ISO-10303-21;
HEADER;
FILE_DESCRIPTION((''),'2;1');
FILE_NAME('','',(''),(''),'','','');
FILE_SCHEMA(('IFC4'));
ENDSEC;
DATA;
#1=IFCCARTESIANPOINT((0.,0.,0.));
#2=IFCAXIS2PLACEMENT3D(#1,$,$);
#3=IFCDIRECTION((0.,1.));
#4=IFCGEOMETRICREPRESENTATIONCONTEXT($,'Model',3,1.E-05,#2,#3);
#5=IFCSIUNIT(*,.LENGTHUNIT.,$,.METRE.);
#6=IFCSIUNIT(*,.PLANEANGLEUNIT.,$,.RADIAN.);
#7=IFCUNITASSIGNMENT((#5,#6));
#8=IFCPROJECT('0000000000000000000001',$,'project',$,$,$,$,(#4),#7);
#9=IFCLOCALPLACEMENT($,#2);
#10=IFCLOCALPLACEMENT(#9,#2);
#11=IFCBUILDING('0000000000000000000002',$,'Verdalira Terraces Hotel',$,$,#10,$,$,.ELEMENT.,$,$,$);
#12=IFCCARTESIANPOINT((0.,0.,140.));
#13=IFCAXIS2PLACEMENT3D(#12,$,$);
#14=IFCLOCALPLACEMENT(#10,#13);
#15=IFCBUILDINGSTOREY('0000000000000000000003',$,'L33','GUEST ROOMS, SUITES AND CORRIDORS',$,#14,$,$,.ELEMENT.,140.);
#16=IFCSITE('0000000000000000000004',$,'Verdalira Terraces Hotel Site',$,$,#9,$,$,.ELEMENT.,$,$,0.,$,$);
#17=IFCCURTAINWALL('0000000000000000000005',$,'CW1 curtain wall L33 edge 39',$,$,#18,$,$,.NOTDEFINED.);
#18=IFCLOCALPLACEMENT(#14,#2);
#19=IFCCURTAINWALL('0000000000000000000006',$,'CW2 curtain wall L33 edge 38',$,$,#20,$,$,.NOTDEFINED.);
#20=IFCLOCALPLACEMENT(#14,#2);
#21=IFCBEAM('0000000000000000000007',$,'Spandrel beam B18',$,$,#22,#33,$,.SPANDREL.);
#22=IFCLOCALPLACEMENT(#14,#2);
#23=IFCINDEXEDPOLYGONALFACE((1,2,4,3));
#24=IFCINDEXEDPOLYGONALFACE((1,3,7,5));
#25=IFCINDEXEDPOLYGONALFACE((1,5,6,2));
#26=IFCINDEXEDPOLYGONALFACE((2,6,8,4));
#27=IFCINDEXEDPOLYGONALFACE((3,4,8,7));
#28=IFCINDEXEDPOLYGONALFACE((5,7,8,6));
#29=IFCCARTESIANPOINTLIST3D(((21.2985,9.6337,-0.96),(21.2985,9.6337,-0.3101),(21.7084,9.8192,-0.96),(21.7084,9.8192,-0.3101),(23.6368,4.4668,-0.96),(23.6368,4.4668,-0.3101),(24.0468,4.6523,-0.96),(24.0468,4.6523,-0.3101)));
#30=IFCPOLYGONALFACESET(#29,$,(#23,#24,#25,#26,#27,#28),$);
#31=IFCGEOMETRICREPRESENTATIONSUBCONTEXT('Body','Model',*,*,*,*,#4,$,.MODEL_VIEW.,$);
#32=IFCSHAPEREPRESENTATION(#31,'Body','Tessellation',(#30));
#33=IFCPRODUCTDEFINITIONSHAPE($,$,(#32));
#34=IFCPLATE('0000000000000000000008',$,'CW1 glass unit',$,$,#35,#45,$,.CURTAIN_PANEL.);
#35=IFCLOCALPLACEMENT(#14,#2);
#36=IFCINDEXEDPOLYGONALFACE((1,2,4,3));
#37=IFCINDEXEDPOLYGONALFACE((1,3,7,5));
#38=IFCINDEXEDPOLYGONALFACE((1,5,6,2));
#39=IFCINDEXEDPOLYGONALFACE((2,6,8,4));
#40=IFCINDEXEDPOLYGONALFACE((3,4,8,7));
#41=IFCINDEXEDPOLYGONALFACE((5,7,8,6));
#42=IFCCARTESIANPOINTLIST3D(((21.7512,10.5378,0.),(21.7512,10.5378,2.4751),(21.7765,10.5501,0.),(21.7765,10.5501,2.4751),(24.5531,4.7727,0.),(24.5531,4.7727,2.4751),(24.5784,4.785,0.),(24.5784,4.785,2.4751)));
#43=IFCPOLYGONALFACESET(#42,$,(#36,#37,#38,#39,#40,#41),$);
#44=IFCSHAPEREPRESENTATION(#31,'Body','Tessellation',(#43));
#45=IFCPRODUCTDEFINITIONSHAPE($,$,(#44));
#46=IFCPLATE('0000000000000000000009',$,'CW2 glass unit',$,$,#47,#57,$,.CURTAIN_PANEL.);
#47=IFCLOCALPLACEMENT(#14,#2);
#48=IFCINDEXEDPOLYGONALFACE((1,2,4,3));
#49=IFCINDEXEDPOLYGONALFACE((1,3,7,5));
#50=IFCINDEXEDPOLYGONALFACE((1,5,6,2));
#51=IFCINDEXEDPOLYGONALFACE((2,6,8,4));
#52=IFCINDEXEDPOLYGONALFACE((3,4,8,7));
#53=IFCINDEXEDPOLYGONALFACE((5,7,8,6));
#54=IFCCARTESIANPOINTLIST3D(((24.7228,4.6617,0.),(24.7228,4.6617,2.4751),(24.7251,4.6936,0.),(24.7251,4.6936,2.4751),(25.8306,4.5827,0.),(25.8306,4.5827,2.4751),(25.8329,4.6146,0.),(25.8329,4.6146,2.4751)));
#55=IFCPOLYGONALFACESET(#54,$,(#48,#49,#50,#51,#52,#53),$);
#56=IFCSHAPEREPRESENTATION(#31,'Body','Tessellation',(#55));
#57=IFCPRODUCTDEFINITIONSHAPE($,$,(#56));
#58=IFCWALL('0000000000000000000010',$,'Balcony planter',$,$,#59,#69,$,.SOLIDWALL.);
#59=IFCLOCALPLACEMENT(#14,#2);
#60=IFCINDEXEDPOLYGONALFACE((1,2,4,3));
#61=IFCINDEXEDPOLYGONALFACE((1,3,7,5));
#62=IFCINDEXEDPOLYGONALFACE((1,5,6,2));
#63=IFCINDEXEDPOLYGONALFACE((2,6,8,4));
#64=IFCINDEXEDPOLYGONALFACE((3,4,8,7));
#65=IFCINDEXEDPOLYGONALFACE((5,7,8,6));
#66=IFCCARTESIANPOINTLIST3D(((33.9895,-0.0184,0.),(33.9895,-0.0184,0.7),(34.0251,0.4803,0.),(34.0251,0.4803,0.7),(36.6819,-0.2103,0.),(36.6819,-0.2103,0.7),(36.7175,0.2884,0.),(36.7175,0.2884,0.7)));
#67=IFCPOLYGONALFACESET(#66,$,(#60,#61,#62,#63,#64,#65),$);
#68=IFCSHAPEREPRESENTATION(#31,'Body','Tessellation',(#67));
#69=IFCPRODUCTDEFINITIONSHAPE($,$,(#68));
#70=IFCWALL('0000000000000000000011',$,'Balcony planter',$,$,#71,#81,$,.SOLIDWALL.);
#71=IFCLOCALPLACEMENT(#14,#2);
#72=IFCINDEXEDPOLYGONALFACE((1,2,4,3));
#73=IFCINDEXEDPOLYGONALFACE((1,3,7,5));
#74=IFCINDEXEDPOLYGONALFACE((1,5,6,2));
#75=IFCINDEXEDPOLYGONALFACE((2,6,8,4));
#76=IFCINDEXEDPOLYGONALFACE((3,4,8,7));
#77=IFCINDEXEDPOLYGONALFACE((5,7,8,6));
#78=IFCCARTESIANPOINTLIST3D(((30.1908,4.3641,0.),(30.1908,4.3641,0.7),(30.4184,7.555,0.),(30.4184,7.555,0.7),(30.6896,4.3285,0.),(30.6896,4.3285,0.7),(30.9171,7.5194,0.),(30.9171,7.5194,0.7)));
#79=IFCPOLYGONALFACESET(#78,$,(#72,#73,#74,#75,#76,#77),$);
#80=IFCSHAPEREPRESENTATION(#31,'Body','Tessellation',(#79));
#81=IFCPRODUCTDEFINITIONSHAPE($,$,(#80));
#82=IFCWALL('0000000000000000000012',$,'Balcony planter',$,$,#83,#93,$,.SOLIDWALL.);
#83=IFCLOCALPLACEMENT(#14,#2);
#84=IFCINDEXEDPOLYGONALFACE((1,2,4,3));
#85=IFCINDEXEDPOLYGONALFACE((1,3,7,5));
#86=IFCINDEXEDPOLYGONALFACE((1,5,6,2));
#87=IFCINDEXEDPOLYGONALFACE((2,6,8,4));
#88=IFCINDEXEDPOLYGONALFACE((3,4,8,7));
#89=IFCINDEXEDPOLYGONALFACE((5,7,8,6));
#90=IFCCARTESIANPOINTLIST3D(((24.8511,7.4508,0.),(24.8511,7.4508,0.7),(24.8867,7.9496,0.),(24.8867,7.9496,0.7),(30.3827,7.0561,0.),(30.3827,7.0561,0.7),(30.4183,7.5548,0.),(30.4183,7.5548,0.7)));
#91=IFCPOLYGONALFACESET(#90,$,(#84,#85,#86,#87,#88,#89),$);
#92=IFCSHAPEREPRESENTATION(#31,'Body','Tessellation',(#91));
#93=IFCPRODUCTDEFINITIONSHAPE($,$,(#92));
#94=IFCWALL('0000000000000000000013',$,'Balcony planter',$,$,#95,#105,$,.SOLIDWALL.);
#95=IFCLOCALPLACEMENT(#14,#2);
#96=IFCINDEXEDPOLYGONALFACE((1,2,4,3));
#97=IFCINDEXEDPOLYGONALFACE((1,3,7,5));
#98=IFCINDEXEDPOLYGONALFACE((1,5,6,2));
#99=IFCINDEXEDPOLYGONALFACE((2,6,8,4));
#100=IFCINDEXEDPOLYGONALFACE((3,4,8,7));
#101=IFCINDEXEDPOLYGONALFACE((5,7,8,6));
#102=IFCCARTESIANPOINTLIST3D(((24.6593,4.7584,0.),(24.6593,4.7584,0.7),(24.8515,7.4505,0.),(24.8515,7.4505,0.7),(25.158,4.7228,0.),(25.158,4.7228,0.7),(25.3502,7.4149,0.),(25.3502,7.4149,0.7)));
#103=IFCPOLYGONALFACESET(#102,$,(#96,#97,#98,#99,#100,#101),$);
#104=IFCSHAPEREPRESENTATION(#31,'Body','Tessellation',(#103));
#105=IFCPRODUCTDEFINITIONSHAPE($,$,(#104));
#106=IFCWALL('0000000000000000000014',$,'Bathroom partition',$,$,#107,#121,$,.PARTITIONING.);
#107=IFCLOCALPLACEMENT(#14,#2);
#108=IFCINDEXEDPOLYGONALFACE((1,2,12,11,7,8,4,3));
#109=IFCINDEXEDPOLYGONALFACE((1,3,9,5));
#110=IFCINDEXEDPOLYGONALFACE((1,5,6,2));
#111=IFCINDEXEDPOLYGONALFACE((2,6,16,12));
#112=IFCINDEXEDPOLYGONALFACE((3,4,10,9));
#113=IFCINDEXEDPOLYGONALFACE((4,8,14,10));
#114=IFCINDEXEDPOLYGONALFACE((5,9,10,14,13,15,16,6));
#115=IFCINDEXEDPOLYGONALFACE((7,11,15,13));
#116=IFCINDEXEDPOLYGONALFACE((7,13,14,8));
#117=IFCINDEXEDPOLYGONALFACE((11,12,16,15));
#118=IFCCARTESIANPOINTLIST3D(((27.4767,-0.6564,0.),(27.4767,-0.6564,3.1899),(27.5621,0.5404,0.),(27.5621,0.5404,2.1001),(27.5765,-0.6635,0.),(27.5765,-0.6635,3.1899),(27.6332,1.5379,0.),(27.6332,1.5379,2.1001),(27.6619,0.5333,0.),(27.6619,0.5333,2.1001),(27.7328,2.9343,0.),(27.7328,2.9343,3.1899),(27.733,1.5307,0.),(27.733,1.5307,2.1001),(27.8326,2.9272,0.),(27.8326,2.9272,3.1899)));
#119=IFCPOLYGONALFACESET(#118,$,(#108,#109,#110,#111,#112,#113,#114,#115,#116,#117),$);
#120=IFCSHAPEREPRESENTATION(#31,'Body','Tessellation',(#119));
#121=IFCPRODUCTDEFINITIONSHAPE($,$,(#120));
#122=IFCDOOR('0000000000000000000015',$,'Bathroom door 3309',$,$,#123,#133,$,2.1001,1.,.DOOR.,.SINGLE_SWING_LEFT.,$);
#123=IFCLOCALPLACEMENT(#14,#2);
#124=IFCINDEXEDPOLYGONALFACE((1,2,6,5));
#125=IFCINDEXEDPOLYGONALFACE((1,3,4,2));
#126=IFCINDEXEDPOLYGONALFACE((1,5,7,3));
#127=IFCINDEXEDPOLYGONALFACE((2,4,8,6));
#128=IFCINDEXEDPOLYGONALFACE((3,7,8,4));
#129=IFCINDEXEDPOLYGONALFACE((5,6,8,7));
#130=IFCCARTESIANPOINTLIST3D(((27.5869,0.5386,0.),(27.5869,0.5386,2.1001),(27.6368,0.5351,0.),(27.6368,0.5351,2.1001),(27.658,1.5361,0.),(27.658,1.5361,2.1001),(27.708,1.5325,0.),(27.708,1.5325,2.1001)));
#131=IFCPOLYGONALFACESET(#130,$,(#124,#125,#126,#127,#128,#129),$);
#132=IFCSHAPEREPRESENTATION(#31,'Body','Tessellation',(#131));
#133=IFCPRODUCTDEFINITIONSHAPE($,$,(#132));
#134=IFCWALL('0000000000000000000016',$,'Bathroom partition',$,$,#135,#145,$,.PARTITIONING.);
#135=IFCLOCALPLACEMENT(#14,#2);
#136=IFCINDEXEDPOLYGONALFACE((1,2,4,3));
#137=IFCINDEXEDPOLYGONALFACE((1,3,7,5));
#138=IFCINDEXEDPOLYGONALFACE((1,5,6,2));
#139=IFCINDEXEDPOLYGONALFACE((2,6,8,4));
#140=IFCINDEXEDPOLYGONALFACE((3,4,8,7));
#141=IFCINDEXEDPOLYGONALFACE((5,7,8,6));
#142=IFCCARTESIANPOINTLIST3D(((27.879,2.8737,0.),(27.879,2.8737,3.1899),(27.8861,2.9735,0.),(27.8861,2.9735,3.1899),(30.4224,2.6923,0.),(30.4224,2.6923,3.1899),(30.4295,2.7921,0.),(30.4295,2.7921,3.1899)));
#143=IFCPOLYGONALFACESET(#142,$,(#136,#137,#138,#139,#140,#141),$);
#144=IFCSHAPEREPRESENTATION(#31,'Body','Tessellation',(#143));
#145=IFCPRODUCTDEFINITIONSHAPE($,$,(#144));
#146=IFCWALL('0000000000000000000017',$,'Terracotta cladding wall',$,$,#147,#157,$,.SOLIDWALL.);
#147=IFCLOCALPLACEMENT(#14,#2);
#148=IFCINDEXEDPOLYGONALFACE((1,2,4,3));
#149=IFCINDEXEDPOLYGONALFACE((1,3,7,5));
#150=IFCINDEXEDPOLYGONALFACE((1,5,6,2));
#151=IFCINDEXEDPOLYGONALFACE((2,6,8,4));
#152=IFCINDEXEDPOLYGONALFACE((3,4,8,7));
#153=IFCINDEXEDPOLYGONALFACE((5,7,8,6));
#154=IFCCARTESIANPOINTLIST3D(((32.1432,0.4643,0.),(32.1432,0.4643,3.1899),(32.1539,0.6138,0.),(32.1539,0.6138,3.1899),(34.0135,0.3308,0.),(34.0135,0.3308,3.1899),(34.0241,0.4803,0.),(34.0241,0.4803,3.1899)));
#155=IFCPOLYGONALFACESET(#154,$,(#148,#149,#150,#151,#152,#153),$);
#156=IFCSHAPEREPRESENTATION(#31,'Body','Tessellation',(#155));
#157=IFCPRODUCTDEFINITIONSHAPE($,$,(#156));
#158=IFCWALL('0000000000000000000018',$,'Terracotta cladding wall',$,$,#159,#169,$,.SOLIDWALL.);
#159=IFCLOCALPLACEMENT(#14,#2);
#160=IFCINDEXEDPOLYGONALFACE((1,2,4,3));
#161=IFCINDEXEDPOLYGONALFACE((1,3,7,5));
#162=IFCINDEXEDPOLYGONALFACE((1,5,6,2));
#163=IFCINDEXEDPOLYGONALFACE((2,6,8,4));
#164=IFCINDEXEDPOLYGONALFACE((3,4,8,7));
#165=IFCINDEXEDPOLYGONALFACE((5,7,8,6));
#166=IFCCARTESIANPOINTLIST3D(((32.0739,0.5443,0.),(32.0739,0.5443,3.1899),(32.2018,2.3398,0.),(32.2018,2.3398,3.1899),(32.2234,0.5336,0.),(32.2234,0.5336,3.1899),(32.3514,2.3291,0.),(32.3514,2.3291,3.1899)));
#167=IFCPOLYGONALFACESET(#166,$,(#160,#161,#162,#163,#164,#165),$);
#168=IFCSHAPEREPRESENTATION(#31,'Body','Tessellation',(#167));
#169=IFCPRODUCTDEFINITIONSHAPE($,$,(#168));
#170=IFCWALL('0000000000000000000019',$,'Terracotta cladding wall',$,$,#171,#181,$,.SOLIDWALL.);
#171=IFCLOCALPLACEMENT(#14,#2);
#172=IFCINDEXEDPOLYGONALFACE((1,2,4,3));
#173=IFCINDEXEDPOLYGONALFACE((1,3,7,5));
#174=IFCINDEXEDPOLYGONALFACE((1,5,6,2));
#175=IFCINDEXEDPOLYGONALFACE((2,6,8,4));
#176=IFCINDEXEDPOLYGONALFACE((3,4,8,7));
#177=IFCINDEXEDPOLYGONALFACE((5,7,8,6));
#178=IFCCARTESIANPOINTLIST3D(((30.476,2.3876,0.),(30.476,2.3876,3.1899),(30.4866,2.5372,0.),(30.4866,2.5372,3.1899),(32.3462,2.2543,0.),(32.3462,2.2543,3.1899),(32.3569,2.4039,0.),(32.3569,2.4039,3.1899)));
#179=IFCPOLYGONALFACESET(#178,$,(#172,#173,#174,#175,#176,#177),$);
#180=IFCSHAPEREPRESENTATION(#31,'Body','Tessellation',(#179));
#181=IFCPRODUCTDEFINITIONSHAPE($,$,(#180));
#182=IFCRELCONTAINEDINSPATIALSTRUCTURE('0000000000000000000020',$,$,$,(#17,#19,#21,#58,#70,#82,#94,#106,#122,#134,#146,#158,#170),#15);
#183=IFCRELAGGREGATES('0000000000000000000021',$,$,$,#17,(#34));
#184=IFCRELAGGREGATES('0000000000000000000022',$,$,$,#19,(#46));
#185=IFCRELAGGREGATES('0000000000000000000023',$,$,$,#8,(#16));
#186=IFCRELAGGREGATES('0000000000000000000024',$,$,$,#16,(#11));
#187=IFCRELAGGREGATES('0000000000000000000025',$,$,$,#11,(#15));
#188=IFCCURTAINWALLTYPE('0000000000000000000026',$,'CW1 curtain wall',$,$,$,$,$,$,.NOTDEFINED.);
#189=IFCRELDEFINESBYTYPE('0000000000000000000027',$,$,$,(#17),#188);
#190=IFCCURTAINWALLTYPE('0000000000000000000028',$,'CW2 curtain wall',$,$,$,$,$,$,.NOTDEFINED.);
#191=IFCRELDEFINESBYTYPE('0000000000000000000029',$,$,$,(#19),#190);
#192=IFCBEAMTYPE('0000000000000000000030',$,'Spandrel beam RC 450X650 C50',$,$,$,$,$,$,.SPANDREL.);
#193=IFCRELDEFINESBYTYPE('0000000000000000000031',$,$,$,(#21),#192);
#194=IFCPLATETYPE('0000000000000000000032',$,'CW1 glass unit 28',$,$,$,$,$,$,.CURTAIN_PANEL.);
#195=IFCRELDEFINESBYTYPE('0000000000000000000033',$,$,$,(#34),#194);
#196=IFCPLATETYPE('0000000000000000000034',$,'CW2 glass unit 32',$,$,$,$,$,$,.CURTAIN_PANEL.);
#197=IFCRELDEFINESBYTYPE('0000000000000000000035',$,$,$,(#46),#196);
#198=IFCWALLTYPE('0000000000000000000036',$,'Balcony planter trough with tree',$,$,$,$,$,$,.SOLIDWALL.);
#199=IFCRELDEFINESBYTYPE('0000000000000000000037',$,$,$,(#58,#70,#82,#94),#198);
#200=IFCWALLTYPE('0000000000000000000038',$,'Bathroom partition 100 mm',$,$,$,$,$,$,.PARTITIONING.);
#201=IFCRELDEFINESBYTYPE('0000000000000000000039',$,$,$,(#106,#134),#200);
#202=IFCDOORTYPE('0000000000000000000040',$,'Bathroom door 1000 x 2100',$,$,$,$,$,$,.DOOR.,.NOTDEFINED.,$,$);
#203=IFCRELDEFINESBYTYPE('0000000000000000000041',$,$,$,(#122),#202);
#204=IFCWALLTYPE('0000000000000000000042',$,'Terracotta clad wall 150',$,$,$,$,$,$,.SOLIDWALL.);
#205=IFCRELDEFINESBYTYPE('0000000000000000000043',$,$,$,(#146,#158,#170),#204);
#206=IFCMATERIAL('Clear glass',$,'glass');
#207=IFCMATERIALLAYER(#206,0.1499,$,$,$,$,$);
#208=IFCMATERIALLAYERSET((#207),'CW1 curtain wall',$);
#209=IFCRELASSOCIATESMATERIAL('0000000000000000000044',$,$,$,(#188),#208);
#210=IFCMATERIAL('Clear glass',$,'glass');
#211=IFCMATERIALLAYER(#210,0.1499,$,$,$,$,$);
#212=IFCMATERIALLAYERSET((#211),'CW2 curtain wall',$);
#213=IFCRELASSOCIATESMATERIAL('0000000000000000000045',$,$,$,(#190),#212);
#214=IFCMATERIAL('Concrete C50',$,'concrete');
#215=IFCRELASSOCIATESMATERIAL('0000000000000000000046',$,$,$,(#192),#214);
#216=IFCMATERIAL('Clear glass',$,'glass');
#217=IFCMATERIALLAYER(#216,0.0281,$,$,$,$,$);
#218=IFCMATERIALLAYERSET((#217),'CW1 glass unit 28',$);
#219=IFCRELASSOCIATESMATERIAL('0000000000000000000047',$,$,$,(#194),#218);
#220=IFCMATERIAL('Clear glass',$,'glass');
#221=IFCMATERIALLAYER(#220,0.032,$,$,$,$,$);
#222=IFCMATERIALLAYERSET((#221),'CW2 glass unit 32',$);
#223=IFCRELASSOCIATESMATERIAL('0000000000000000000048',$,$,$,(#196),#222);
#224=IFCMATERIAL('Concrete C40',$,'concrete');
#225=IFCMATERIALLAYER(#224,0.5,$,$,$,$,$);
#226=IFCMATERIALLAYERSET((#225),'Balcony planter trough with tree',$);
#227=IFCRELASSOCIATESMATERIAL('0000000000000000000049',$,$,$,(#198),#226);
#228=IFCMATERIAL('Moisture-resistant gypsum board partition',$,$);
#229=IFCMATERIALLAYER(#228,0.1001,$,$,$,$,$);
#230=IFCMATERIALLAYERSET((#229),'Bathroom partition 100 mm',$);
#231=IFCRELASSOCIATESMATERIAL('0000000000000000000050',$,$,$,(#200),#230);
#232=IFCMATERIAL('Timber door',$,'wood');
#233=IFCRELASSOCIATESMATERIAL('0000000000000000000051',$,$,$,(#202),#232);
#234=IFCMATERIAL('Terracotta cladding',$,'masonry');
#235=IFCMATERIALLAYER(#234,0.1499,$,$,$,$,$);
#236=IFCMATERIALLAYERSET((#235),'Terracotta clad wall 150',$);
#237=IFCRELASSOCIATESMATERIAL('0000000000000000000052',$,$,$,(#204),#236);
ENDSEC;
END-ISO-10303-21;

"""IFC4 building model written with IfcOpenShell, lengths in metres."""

from ifc_helpers import new_model, si_unit, direction, frame, frame_2d, origin, origin_2d, place, context, subcontext, project, spatial, rectangle, extrude, material, layer, layer_set, material_profile, profile_set, type_object, element, fill, aggregate, save


model = new_model("IFC4")

# Units and contexts
model_context = context("Model", 3, precision=1e-05, world=origin(), true_north=direction((0.0, 1.0)))
body_context = subcontext(model_context, "Body", "Model", "MODEL_VIEW")
ifc_project = project(units=[si_unit("LENGTHUNIT", "METRE"), si_unit("PLANEANGLEUNIT", "RADIAN")], contexts=[model_context])

# Site, building, storey
site_placement = place(None, origin())
site = spatial("IfcSite", under=ifc_project, at=site_placement, Name="Verdalira Terraces Hotel Site", CompositionType="ELEMENT", RefElevation=0.0)
building_placement = place(site_placement, origin())
building = spatial("IfcBuilding", under=site, at=building_placement, Name="Verdalira Terraces Hotel", CompositionType="ELEMENT")
storey_placement = place(building_placement, frame((0.0, 0.0, 140.0)))
storey = spatial("IfcBuildingStorey", under=building, at=storey_placement, Name="L33", Description="GUEST ROOMS, SUITES AND CORRIDORS", CompositionType="ELEMENT", Elevation=140.0)

# Curtain walls
ifc_material_1 = material(Name="Clear glass", Category="glass")
ifc_layer_1 = layer(ifc_material_1, 0.1499)
ifc_layer_set_1 = layer_set([ifc_layer_1], Name="CW1 curtain wall")
curtain_wall_type_1 = type_object("IfcCurtainWallType", Name="CW1 curtain wall", PredefinedType="NOTDEFINED", material=ifc_layer_set_1)
curtain_wall_1_placement = place(storey_placement, origin())
curtain_wall_1 = element("IfcCurtainWall", 1, at=curtain_wall_1_placement, inside=storey, type_object=curtain_wall_type_1, Name="CW1 curtain wall L33 edge 39", PredefinedType="NOTDEFINED")
ifc_material_2 = material(Name="Clear glass", Category="glass")
ifc_layer_2 = layer(ifc_material_2, 0.1499)
ifc_layer_set_2 = layer_set([ifc_layer_2], Name="CW2 curtain wall")
curtain_wall_type_2 = type_object("IfcCurtainWallType", Name="CW2 curtain wall", PredefinedType="NOTDEFINED", material=ifc_layer_set_2)
curtain_wall_2_placement = place(storey_placement, origin())
curtain_wall_2 = element("IfcCurtainWall", 2, at=curtain_wall_2_placement, inside=storey, type_object=curtain_wall_type_2, Name="CW2 curtain wall L33 edge 38", PredefinedType="NOTDEFINED")

# Beam
ifc_material_3 = material(Name="Concrete C50", Category="concrete")
ifc_material_profile_1 = material_profile(ifc_material_3, rectangle(XDim=0.45, YDim=0.6499, at=origin_2d()), Name="RC 450X650")
ifc_profile_set_1 = profile_set([ifc_material_profile_1], Name="Concrete C50")
beam_type_1 = type_object("IfcBeamType", Name="Spandrel beam RC 450X650 C50", PredefinedType="SPANDREL", material=ifc_profile_set_1)
beam_1_placement = place(storey_placement, frame((23.8418, 4.5596, -0.635), z_axis=(-0.412304, 0.911046, 0.0), x_axis=(-0.911046, -0.412304, 0.0)))
element("IfcBeam", 3, at=beam_1_placement, inside=storey, type_object=beam_type_1, Name="Spandrel beam B18", PredefinedType="SPANDREL", context=body_context, shape_type="SweptSolid", body=[
    extrude(rectangle(XDim=0.45, YDim=0.6499, at=origin_2d()), origin(), (0.0, 0.0, 1.0), 5.6714),
])

# Plates
ifc_material_4 = material(Name="Clear glass", Category="glass")
ifc_layer_3 = layer(ifc_material_4, 0.0281)
ifc_layer_set_3 = layer_set([ifc_layer_3], Name="CW1 glass unit 28")
plate_type_1 = type_object("IfcPlateType", Name="CW1 glass unit 28", PredefinedType="CURTAIN_PANEL", material=ifc_layer_set_3)
plate_1_placement = place(storey_placement, frame((23.1648, 7.6614, 0.0), z_axis=(0.0, 0.0, 1.0), x_axis=(-0.437116, 0.899405, 0.0)))
plate_1 = element("IfcPlate", 4, at=plate_1_placement, type_object=plate_type_1, Name="CW1 glass unit", PredefinedType="CURTAIN_PANEL", context=body_context, shape_type="SweptSolid", body=[
    extrude(rectangle(XDim=6.4099, YDim=0.0281, at=origin_2d()), origin(), (0.0, 0.0, 1.0), 2.4751),
])
aggregate(curtain_wall_1, [plate_1])
ifc_material_5 = material(Name="Clear glass", Category="glass")
ifc_layer_4 = layer(ifc_material_5, 0.032)
ifc_layer_set_4 = layer_set([ifc_layer_4], Name="CW2 glass unit 32")
plate_type_2 = type_object("IfcPlateType", Name="CW2 glass unit 32", PredefinedType="CURTAIN_PANEL", material=ifc_layer_set_4)
plate_2_placement = place(storey_placement, frame((25.2778, 4.6382, 0.0), z_axis=(0.0, 0.0, 1.0), x_axis=(-0.997466, 0.071149, 0.0)))
plate_2 = element("IfcPlate", 5, at=plate_2_placement, type_object=plate_type_2, Name="CW2 glass unit", PredefinedType="CURTAIN_PANEL", context=body_context, shape_type="SweptSolid", body=[
    extrude(rectangle(XDim=1.1106, YDim=0.032, at=origin_2d()), origin(), (0.0, 0.0, 1.0), 2.4751),
])
aggregate(curtain_wall_2, [plate_2])

# Walls
ifc_material_6 = material(Name="Concrete C40", Category="concrete")
ifc_layer_5 = layer(ifc_material_6, 0.5)
ifc_layer_set_5 = layer_set([ifc_layer_5], Name="Balcony planter trough with tree")
wall_type_1 = type_object("IfcWallType", Name="Balcony planter trough with tree", PredefinedType="SOLIDWALL", material=ifc_layer_set_5)
wall_1_placement = place(storey_placement, frame((36.6997, 0.0391, 0.0), z_axis=(0.0, 0.0, 1.0), x_axis=(-0.99747, 0.071093, 0.0)))
element("IfcWall", 6, at=wall_1_placement, inside=storey, type_object=wall_type_1, Name="Balcony planter", PredefinedType="SOLIDWALL", context=body_context, shape_type="SweptSolid", body=[
    extrude(rectangle(XDim=2.6992, YDim=0.5, at=frame_2d((1.3496, 0.0))), origin(), (0.0, 0.0, 1.0), 0.7),
])
wall_2_placement = place(storey_placement, frame((30.4402, 4.3462, 0.0), z_axis=(0.0, 0.0, 1.0), x_axis=(0.071128, 0.997467, 0.0)))
element("IfcWall", 7, at=wall_2_placement, inside=storey, type_object=wall_type_1, Name="Balcony planter", PredefinedType="SOLIDWALL", context=body_context, shape_type="SweptSolid", body=[
    extrude(rectangle(XDim=3.199, YDim=0.5, at=frame_2d((1.5996, 0.0))), origin(), (0.0, 0.0, 1.0), 0.7),
])
wall_3_placement = place(storey_placement, frame((30.4006, 7.3054, 0.0), z_axis=(0.0, 0.0, 1.0), x_axis=(-0.997463, 0.071188, 0.0)))
element("IfcWall", 8, at=wall_3_placement, inside=storey, type_object=wall_type_1, Name="Balcony planter", PredefinedType="SOLIDWALL", context=body_context, shape_type="SweptSolid", body=[
    extrude(rectangle(XDim=5.5457, YDim=0.5, at=frame_2d((2.7729, 0.0))), origin(), (0.0, 0.0, 1.0), 0.7),
])
wall_4_placement = place(storey_placement, frame((25.1008, 7.4329, 0.0), z_axis=(0.0, 0.0, 1.0), x_axis=(-0.071189, -0.997463, 0.0)))
element("IfcWall", 9, at=wall_4_placement, inside=storey, type_object=wall_type_1, Name="Balcony planter", PredefinedType="SOLIDWALL", context=body_context, shape_type="SweptSolid", body=[
    extrude(rectangle(XDim=2.699, YDim=0.5, at=frame_2d((1.3496, 0.0))), origin(), (0.0, 0.0, 1.0), 0.7),
])

# Wall, opening, door
ifc_material_7 = material(Name="Moisture-resistant gypsum board partition")
ifc_layer_6 = layer(ifc_material_7, 0.1001)
ifc_layer_set_6 = layer_set([ifc_layer_6], Name="Bathroom partition 100 mm")
wall_type_2 = type_object("IfcWallType", Name="Bathroom partition 100 mm", PredefinedType="PARTITIONING", material=ifc_layer_set_6)
wall_5_placement = place(storey_placement, frame((27.7827, 2.9307, 0.0), z_axis=(0.0, 0.0, 1.0), x_axis=(-0.071141, -0.997466, 0.0)))
wall_5 = element("IfcWall", 10, at=wall_5_placement, inside=storey, type_object=wall_type_2, Name="Bathroom partition", PredefinedType="PARTITIONING", context=body_context, shape_type="SweptSolid", body=[
    extrude(rectangle(XDim=3.5999, YDim=0.1001, at=frame_2d((1.7998, 0.0))), origin(), (0.0, 0.0, 1.0), 3.1899),
])
opening_1_placement = place(wall_5_placement, frame((1.3999, 0.0, 0.0)))
opening_1 = element("IfcOpeningElement", 11, at=opening_1_placement, cuts=wall_5, PredefinedType="OPENING", context=body_context, shape_type="SweptSolid", body=[
    extrude(rectangle(XDim=1.0, YDim=2.1001, at=frame_2d((0.5, 1.05))), frame((0.0, 0.0601, 0.0), z_axis=(0.0, -1.0, 0.0), x_axis=(1.0, 0.0, 0.0)), (0.0, 0.0, 1.0), 0.1201),
])
ifc_material_8 = material(Name="Timber door", Category="wood")
door_type_1 = type_object("IfcDoorType", Name="Bathroom door 1000 x 2100", OperationType="NOTDEFINED", PredefinedType="DOOR", material=ifc_material_8)
door_1_placement = place(opening_1_placement, origin())
door_1 = element("IfcDoor", 12, at=door_1_placement, inside=storey, type_object=door_type_1, Name="Bathroom door 3309", OperationType="SINGLE_SWING_LEFT", OverallHeight=2.1001, OverallWidth=1.0, PredefinedType="DOOR", context=body_context, shape_type="SweptSolid", body=[
    extrude(rectangle(XDim=1.0, YDim=2.1001, at=frame_2d((0.5, 1.05))), frame((0.0, 0.0249, 0.0), z_axis=(0.0, -1.0, 0.0), x_axis=(1.0, 0.0, 0.0)), (0.0, 0.0, 1.0), 0.05),
])
fill(opening_1, door_1)

# Walls
wall_6_placement = place(storey_placement, frame((27.8826, 2.9236, 0.0), z_axis=(0.0, 0.0, 1.0), x_axis=(0.997466, -0.071138, 0.0)))
element("IfcWall", 13, at=wall_6_placement, inside=storey, type_object=wall_type_2, Name="Bathroom partition", PredefinedType="PARTITIONING", context=body_context, shape_type="SweptSolid", body=[
    extrude(rectangle(XDim=2.5498, YDim=0.1001, at=frame_2d((1.2749, 0.0))), origin(), (0.0, 0.0, 1.0), 3.1899),
])
ifc_material_9 = material(Name="Terracotta cladding", Category="masonry")
ifc_layer_7 = layer(ifc_material_9, 0.1499)
ifc_layer_set_7 = layer_set([ifc_layer_7], Name="Terracotta clad wall 150")
wall_type_3 = type_object("IfcWallType", Name="Terracotta clad wall 150", PredefinedType="SOLIDWALL", material=ifc_layer_set_7)
wall_7_placement = place(storey_placement, frame((34.0188, 0.4055, 0.0), z_axis=(0.0, 0.0, 1.0), x_axis=(-0.99746, 0.071229, 0.0)))
element("IfcWall", 14, at=wall_7_placement, inside=storey, type_object=wall_type_3, Name="Terracotta cladding wall", PredefinedType="SOLIDWALL", context=body_context, shape_type="SweptSolid", body=[
    extrude(rectangle(XDim=1.875, YDim=0.1499, at=frame_2d((0.9375, 0.0))), origin(), (0.0, 0.0, 1.0), 3.1899),
])
wall_8_placement = place(storey_placement, frame((32.1487, 0.5391, 0.0), z_axis=(0.0, 0.0, 1.0), x_axis=(0.071074, 0.997471, 0.0)))
element("IfcWall", 15, at=wall_8_placement, inside=storey, type_object=wall_type_3, Name="Terracotta cladding wall", PredefinedType="SOLIDWALL", context=body_context, shape_type="SweptSolid", body=[
    extrude(rectangle(XDim=1.8, YDim=0.1499, at=frame_2d((0.8999, 0.0))), origin(), (0.0, 0.0, 1.0), 3.1899),
])
wall_9_placement = place(storey_placement, frame((32.3516, 2.3291, 0.0), z_axis=(0.0, 0.0, 1.0), x_axis=(-0.99747, 0.07109, 0.0)))
element("IfcWall", 16, at=wall_9_placement, inside=storey, type_object=wall_type_3, Name="Terracotta cladding wall", PredefinedType="SOLIDWALL", context=body_context, shape_type="SweptSolid", body=[
    extrude(rectangle(XDim=1.875, YDim=0.1499, at=frame_2d((0.9375, 0.0))), origin(), (0.0, 0.0, 1.0), 3.1899),
])

save(model, "model.ifc")
